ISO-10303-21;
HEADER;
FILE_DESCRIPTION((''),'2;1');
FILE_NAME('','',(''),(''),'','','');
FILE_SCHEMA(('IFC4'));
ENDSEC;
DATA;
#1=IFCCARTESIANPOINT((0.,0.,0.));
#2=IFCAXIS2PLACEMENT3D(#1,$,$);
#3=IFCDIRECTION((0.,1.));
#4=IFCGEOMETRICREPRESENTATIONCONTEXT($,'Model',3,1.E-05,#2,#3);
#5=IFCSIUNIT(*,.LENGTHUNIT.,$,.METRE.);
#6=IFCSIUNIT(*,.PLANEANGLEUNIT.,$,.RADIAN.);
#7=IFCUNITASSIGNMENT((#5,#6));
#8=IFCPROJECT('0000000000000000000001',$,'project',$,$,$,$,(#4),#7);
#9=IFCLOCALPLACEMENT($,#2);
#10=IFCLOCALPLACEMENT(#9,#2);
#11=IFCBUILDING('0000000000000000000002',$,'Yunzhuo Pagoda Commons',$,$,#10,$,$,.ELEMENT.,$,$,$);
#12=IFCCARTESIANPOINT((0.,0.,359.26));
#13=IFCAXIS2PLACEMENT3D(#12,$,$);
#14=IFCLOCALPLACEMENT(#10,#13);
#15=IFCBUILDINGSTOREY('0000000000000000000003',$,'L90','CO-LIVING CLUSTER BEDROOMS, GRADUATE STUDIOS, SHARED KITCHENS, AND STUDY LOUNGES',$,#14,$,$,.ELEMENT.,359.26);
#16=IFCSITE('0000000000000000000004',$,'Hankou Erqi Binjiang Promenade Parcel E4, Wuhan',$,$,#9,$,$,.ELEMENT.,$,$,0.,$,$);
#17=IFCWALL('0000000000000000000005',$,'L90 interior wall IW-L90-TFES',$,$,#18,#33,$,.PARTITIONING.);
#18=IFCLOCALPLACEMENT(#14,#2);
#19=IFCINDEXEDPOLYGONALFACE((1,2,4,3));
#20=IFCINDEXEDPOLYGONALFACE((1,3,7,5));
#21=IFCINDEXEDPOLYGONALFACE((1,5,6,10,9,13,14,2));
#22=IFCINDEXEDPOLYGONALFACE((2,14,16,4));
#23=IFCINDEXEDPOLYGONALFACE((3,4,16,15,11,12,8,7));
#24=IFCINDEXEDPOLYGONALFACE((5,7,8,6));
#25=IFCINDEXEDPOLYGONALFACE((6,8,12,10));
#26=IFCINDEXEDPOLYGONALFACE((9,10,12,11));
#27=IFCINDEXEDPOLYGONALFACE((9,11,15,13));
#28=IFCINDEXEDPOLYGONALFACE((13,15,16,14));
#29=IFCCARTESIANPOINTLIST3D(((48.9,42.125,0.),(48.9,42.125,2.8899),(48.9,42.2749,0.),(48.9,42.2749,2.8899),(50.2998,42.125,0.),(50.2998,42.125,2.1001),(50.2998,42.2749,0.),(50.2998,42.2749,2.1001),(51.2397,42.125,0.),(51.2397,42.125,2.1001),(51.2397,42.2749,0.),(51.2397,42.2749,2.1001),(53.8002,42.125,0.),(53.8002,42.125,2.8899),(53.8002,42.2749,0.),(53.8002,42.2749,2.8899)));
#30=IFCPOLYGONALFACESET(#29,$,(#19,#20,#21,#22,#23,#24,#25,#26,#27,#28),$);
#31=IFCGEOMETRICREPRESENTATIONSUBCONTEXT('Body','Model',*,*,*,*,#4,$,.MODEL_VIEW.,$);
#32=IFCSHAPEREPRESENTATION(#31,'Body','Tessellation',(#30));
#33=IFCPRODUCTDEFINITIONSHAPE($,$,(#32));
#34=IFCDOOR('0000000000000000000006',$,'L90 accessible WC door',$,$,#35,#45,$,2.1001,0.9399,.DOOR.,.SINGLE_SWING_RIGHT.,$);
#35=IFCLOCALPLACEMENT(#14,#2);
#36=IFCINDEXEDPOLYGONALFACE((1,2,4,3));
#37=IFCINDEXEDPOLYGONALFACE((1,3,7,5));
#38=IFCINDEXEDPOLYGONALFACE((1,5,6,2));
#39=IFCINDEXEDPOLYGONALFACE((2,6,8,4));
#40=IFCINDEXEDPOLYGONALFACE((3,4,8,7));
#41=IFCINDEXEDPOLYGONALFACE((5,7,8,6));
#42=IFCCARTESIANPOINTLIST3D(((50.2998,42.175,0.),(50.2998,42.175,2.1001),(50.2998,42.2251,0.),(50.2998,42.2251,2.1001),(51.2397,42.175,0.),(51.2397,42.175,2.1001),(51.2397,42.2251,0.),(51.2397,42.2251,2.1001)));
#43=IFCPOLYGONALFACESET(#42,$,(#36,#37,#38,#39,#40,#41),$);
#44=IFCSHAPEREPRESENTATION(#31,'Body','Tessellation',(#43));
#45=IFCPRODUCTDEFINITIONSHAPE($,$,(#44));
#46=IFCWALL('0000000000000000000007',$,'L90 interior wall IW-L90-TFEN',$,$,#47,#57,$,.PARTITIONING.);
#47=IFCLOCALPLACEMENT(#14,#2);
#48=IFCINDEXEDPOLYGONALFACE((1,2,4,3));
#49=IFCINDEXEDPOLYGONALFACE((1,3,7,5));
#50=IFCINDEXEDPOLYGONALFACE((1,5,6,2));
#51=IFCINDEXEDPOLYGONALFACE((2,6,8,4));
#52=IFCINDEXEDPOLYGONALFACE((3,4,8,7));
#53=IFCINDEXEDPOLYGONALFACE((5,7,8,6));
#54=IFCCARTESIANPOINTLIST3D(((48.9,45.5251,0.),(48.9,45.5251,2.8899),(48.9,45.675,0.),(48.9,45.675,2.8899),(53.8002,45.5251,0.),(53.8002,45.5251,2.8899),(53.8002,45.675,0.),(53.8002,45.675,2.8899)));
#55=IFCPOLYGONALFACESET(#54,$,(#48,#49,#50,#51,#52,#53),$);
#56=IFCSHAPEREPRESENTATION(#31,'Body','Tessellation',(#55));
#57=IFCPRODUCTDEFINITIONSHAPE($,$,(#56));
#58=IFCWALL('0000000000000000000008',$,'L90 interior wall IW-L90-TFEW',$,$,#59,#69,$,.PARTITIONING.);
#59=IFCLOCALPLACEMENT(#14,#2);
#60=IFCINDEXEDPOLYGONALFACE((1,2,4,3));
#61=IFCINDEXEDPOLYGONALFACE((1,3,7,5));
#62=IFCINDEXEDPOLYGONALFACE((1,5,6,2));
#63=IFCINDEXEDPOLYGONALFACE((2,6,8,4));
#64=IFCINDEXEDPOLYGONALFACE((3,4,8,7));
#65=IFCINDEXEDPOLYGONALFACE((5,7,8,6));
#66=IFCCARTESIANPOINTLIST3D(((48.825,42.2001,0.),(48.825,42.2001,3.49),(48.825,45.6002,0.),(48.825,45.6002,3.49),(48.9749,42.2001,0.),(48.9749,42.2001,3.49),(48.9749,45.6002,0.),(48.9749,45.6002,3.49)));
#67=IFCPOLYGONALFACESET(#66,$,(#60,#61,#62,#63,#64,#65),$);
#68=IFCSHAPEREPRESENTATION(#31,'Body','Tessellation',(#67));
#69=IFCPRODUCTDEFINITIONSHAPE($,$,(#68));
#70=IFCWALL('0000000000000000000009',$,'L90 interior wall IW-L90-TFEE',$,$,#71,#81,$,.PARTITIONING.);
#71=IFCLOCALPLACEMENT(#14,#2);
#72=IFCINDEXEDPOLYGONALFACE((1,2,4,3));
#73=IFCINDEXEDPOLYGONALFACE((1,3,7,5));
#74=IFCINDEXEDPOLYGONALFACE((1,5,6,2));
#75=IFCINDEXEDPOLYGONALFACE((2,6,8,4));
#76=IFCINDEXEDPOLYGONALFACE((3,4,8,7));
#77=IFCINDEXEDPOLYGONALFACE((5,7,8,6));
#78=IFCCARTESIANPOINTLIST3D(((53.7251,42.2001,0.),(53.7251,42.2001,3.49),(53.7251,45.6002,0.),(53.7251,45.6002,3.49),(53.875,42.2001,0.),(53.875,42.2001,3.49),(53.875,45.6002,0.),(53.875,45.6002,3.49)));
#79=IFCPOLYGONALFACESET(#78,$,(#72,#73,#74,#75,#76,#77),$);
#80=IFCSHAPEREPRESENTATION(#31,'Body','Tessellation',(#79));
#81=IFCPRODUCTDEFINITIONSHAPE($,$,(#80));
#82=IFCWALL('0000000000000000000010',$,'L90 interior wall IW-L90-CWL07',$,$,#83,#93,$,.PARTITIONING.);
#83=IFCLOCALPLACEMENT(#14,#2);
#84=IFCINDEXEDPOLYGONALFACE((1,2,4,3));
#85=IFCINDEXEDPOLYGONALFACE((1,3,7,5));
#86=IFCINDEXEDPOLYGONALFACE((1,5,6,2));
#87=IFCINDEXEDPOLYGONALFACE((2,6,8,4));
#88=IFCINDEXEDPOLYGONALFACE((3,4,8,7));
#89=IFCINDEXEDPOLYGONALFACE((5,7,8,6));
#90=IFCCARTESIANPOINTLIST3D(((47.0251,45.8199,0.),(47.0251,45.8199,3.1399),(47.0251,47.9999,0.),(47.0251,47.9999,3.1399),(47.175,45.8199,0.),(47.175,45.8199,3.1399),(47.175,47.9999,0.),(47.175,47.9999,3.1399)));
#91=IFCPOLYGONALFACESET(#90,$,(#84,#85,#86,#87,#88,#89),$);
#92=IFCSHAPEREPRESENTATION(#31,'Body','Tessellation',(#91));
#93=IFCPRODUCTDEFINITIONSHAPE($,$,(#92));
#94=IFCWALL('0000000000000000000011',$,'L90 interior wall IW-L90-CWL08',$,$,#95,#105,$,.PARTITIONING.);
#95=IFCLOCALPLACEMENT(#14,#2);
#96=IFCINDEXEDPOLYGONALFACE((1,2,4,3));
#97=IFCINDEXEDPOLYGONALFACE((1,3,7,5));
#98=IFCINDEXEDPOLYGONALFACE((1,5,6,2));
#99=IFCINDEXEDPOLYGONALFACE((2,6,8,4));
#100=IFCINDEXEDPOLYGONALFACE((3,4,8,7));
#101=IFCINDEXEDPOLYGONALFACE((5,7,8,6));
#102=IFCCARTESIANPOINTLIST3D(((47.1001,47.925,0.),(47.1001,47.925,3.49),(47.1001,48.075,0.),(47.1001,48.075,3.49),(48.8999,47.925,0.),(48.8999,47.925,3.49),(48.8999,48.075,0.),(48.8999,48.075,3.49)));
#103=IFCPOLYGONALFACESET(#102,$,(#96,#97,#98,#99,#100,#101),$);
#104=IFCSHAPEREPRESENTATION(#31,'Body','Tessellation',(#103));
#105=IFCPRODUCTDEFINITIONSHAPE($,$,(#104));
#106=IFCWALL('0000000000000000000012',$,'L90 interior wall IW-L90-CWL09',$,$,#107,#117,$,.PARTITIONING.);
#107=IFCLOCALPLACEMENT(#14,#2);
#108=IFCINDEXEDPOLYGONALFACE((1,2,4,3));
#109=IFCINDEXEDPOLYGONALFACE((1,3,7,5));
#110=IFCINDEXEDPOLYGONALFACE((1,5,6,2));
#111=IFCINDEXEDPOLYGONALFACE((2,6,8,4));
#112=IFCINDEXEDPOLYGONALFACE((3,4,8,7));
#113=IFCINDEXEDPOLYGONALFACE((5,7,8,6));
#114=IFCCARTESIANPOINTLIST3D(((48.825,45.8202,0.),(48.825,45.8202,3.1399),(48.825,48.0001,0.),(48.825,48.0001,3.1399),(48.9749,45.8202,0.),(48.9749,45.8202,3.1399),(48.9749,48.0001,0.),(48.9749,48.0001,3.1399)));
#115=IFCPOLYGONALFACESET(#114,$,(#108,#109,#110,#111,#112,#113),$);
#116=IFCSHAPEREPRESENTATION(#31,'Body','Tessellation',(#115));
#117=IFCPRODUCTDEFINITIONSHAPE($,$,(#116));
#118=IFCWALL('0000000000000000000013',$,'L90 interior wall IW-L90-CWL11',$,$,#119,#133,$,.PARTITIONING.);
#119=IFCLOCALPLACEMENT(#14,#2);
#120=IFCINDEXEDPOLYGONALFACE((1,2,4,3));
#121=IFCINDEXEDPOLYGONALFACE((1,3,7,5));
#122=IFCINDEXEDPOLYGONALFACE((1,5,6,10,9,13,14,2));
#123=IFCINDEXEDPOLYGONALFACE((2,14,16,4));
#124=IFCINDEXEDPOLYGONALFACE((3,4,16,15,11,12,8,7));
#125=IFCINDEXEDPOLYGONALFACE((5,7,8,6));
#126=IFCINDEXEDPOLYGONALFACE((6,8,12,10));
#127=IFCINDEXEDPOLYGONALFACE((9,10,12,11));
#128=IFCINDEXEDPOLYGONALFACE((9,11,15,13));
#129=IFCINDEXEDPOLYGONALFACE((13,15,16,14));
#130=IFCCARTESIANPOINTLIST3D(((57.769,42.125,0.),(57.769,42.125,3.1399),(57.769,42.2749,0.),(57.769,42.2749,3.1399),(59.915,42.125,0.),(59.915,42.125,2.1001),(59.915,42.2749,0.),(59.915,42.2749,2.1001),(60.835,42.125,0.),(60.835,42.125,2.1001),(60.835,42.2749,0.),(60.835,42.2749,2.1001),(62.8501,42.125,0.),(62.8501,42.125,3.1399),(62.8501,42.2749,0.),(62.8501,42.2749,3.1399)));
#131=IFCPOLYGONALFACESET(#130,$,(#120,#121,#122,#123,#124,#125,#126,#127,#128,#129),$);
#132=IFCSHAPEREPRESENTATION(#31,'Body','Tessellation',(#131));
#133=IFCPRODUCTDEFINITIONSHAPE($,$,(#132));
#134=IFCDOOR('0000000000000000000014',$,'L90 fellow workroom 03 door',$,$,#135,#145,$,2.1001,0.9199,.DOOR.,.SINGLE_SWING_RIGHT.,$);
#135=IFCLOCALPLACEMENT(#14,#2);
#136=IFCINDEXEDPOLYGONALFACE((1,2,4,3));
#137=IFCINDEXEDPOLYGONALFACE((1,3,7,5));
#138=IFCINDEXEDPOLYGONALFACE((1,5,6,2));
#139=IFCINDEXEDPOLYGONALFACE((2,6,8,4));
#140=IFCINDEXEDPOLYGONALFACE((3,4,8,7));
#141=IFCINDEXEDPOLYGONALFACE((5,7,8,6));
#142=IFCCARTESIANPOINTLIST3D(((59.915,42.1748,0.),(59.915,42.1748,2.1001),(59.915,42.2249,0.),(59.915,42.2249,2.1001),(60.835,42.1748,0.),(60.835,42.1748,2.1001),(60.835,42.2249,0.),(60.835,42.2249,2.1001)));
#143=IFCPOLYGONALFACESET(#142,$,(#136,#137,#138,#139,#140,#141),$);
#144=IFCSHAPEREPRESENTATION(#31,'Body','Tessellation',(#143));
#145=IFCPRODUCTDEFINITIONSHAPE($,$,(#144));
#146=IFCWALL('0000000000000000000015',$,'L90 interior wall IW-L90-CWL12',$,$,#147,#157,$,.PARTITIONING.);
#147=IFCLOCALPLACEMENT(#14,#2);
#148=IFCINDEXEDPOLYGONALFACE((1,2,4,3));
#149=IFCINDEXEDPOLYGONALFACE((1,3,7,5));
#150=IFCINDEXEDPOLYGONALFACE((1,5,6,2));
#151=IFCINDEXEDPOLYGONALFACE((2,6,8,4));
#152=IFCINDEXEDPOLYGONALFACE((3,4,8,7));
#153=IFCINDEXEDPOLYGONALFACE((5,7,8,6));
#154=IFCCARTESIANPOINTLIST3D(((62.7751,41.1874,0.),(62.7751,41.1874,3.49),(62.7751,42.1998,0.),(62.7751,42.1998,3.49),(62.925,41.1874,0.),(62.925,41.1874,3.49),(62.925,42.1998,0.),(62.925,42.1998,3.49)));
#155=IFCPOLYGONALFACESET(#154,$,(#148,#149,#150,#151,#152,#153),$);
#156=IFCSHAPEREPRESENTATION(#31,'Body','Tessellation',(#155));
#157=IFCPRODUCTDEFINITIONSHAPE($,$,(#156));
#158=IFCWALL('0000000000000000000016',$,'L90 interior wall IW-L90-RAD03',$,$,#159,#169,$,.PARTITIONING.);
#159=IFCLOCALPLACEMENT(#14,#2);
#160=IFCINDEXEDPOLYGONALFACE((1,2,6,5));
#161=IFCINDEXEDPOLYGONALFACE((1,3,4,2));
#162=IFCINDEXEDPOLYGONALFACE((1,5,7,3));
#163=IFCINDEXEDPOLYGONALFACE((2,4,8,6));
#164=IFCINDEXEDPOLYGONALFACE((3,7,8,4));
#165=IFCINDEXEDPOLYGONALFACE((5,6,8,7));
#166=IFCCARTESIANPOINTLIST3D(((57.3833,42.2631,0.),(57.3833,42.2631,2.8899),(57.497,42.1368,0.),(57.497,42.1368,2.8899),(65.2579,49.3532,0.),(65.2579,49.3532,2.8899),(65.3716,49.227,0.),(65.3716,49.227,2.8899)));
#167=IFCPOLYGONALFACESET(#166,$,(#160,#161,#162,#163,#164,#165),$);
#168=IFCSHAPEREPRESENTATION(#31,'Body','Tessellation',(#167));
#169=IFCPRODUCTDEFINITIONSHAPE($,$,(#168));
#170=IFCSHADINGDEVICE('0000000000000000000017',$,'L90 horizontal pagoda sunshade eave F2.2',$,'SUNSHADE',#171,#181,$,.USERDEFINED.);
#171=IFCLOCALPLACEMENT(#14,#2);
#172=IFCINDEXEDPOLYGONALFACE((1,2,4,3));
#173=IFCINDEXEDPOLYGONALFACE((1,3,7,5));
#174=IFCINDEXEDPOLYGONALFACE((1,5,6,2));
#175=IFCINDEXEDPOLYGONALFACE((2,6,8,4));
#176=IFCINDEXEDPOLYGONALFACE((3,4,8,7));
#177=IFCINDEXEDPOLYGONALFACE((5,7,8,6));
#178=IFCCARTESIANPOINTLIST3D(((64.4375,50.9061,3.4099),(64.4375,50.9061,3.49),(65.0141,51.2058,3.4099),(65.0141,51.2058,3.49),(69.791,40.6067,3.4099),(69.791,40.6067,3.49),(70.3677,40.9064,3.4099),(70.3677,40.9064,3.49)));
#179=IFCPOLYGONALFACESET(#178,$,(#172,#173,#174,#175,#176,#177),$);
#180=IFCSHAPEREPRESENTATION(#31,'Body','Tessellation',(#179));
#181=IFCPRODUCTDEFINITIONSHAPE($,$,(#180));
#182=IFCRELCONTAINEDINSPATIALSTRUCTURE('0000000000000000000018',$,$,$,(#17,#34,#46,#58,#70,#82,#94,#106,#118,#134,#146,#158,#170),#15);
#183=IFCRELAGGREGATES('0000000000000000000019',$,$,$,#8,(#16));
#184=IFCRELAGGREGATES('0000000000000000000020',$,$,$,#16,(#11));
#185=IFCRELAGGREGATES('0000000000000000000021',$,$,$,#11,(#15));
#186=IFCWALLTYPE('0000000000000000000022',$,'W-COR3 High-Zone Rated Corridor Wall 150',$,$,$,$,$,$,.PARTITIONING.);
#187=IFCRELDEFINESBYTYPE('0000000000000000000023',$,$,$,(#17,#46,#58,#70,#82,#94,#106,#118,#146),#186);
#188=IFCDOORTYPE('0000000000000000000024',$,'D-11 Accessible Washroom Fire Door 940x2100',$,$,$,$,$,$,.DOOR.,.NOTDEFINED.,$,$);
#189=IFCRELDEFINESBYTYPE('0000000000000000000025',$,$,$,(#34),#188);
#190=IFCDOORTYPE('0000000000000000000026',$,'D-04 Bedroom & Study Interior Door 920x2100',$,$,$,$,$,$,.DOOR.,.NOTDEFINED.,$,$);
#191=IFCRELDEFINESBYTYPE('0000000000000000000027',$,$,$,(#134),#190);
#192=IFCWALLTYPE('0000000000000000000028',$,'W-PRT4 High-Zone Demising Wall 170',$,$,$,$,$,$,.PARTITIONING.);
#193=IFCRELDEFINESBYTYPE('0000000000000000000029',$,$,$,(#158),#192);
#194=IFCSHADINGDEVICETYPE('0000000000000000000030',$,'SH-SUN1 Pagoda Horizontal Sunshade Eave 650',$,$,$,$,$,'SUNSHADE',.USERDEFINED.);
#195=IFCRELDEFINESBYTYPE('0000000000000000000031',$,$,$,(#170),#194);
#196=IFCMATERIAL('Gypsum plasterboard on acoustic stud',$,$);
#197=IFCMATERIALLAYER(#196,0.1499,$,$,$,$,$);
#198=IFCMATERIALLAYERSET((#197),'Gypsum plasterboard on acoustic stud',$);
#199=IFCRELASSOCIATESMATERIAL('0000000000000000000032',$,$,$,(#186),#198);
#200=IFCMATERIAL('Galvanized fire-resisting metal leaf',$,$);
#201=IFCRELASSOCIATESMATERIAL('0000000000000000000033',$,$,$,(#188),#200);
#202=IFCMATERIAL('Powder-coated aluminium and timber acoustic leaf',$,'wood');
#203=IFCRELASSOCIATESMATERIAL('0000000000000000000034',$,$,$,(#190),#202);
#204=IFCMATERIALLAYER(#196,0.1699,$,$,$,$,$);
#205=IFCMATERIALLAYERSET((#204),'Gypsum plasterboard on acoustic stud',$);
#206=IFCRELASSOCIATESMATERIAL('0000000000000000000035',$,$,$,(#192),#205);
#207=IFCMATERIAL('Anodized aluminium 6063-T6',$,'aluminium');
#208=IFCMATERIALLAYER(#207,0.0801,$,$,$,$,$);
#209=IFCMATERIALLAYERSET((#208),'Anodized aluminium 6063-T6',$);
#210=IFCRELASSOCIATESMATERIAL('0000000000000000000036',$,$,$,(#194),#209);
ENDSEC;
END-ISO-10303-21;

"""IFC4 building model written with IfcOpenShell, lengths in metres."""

from ifc_helpers import new_model, si_unit, direction, frame, frame_2d, origin, origin_with_axes, origin_2d, place, context, subcontext, project, spatial, rectangle, extrude, source, transform, mapped, material, layer, layer_set, type_object, element, fill, save


model = new_model("IFC4")

# Units and contexts
model_context = context("Model", 3, precision=1e-05, world=origin(), true_north=direction((0.0, 1.0)))
body_context = subcontext(model_context, "Body", "Model", "MODEL_VIEW")
ifc_project = project(units=[si_unit("LENGTHUNIT", "METRE"), si_unit("PLANEANGLEUNIT", "RADIAN")], contexts=[model_context])

# Site, building, storey
site_placement = place(None, origin())
site = spatial("IfcSite", under=ifc_project, at=site_placement, Name="Hankou Erqi Binjiang Promenade Parcel E4, Wuhan", CompositionType="ELEMENT", RefElevation=0.0)
building_placement = place(site_placement, origin())
building = spatial("IfcBuilding", under=site, at=building_placement, Name="Yunzhuo Pagoda Commons", CompositionType="ELEMENT")
storey_placement = place(building_placement, frame((0.0, 0.0, 359.26)))
storey = spatial("IfcBuildingStorey", under=building, at=storey_placement, Name="L90", Description="CO-LIVING CLUSTER BEDROOMS, GRADUATE STUDIOS, SHARED KITCHENS, AND STUDY LOUNGES", CompositionType="ELEMENT", Elevation=359.26)

# Shared definitions
ifc_material_1 = material(Name="Anodized aluminium 6063-T6", Category="aluminium")

# Wall, opening, door
ifc_material_2 = material(Name="Gypsum plasterboard on acoustic stud")
ifc_layer_1 = layer(ifc_material_2, 0.1499)
ifc_layer_set_1 = layer_set([ifc_layer_1], Name="Gypsum plasterboard on acoustic stud")
wall_type_1 = type_object("IfcWallType", Name="W-COR3 High-Zone Rated Corridor Wall 150", PredefinedType="PARTITIONING", material=ifc_layer_set_1)
wall_1_placement = place(storey_placement, frame((48.8999, 42.2, 0.0), z_axis=(0.0, 0.0, 1.0), x_axis=(1.0, 0.0, 0.0)))
wall_1 = element("IfcWall", 1, at=wall_1_placement, inside=storey, type_object=wall_type_1, Name="L90 interior wall IW-L90-TFES", PredefinedType="PARTITIONING", context=body_context, shape_type="SweptSolid", body=[
    extrude(rectangle(XDim=4.9001, YDim=0.1499, at=frame_2d((2.4502, 0.0))), origin(), (0.0, 0.0, 1.0), 2.8899),
])
opening_1_placement = place(wall_1_placement, frame((1.3999, 0.0, 0.0)))
opening_1 = element("IfcOpeningElement", 2, at=opening_1_placement, cuts=wall_1, PredefinedType="OPENING", context=body_context, shape_type="SweptSolid", body=[
    extrude(rectangle(XDim=0.9399, YDim=2.1001, at=frame_2d((0.47, 1.05))), frame((0.0, 0.085, 0.0), z_axis=(0.0, -1.0, 0.0), x_axis=(1.0, 0.0, 0.0)), (0.0, 0.0, 1.0), 0.1699),
])
ifc_material_3 = material(Name="Galvanized fire-resisting metal leaf")
door_type_1 = type_object("IfcDoorType", Name="D-11 Accessible Washroom Fire Door 940x2100", OperationType="NOTDEFINED", PredefinedType="DOOR", material=ifc_material_3)
shared_shape_1 = source(origin(), body_context, "Body", "SweptSolid", [
    extrude(rectangle(XDim=0.9399, YDim=2.1001, at=frame_2d((0.47, 1.05))), frame((0.0, 0.0249, 0.0), z_axis=(0.0, -1.0, 0.0), x_axis=(1.0, 0.0, 0.0)), (0.0, 0.0, 1.0), 0.05),
])
door_1_placement = place(opening_1_placement, frame((0.9399, 0.0, 0.0), z_axis=(0.0, 0.0, 1.0), x_axis=(-1.0, 0.0, 0.0)))
door_1 = element("IfcDoor", 3, at=door_1_placement, inside=storey, type_object=door_type_1, Name="L90 accessible WC door", OperationType="SINGLE_SWING_RIGHT", OverallHeight=2.1001, OverallWidth=0.9399, PredefinedType="DOOR", context=body_context, shape_type="MappedRepresentation", body=[
    mapped(shared_shape_1, transform((0.0, 0.0, 0.0), scale=1.0)),
])
fill(opening_1, door_1)

# Walls
wall_2_placement = place(storey_placement, frame((48.8999, 45.6001, 0.0), z_axis=(0.0, 0.0, 1.0), x_axis=(1.0, 0.0, 0.0)))
element("IfcWall", 4, at=wall_2_placement, inside=storey, type_object=wall_type_1, Name="L90 interior wall IW-L90-TFEN", PredefinedType="PARTITIONING", context=body_context, shape_type="SweptSolid", body=[
    extrude(rectangle(XDim=4.9001, YDim=0.1499, at=frame_2d((2.4502, 0.0))), origin(), (0.0, 0.0, 1.0), 2.8899),
])
for number, where, z_axis, x_axis, name in (
    (5, (48.8999, 42.2, 0.0), (0.0, 0.0, 1.0), (0.0, 1.0, 0.0), "L90 interior wall IW-L90-TFEW"),
    (6, (53.8, 42.2, 0.0), (0.0, 0.0, 1.0), (0.0, 1.0, 0.0), "L90 interior wall IW-L90-TFEE"),
):
    element("IfcWall", number, at=place(storey_placement, frame(where, z_axis=z_axis, x_axis=x_axis)), inside=storey, type_object=wall_type_1, Name=name, PredefinedType="PARTITIONING", context=body_context, shape_type="SweptSolid", body=[
        extrude(rectangle(XDim=3.4001, YDim=0.1499, at=frame_2d((1.7002, 0.0))), origin(), (0.0, 0.0, 1.0), 3.49),
    ])
wall_3_placement = place(storey_placement, frame((47.1001, 45.8201, 0.0), z_axis=(0.0, 0.0, 1.0), x_axis=(0.0, 1.0, 0.0)))
element("IfcWall", 7, at=wall_3_placement, inside=storey, type_object=wall_type_1, Name="L90 interior wall IW-L90-CWL07", PredefinedType="PARTITIONING", context=body_context, shape_type="SweptSolid", body=[
    extrude(rectangle(XDim=2.1799, YDim=0.1499, at=frame_2d((1.0898, 0.0))), origin(), (0.0, 0.0, 1.0), 3.1399),
])
wall_4_placement = place(storey_placement, frame((47.1001, 48.0, 0.0), z_axis=(0.0, 0.0, 1.0), x_axis=(1.0, 0.0, 0.0)))
element("IfcWall", 8, at=wall_4_placement, inside=storey, type_object=wall_type_1, Name="L90 interior wall IW-L90-CWL08", PredefinedType="PARTITIONING", context=body_context, shape_type="SweptSolid", body=[
    extrude(rectangle(XDim=1.7998, YDim=0.1499, at=frame_2d((0.8999, 0.0))), origin(), (0.0, 0.0, 1.0), 3.49),
])
wall_5_placement = place(storey_placement, frame((48.8999, 48.0, 0.0), z_axis=(0.0, 0.0, 1.0), x_axis=(0.0, -1.0, 0.0)))
element("IfcWall", 9, at=wall_5_placement, inside=storey, type_object=wall_type_1, Name="L90 interior wall IW-L90-CWL09", PredefinedType="PARTITIONING", context=body_context, shape_type="SweptSolid", body=[
    extrude(rectangle(XDim=2.1799, YDim=0.1499, at=frame_2d((1.0898, 0.0))), origin(), (0.0, 0.0, 1.0), 3.1399),
])

# Wall, opening, door
wall_6_placement = place(storey_placement, frame((57.769, 42.2, 0.0), z_axis=(0.0, 0.0, 1.0), x_axis=(1.0, 0.0, 0.0)))
wall_6 = element("IfcWall", 10, at=wall_6_placement, inside=storey, type_object=wall_type_1, Name="L90 interior wall IW-L90-CWL11", PredefinedType="PARTITIONING", context=body_context, shape_type="SweptSolid", body=[
    extrude(rectangle(XDim=5.0811, YDim=0.1499, at=frame_2d((2.5405, 0.0))), origin(), (0.0, 0.0, 1.0), 3.1399),
])
opening_2_placement = place(wall_6_placement, frame((2.146, 0.0, 0.0)))
opening_2 = element("IfcOpeningElement", 11, at=opening_2_placement, cuts=wall_6, PredefinedType="OPENING", context=body_context, shape_type="SweptSolid", body=[
    extrude(rectangle(XDim=0.9199, YDim=2.1001, at=frame_2d((0.46, 1.05))), frame((0.0, 0.085, 0.0), z_axis=(0.0, -1.0, 0.0), x_axis=(1.0, 0.0, 0.0)), (0.0, 0.0, 1.0), 0.1699),
])
ifc_material_4 = material(Name="Powder-coated aluminium and timber acoustic leaf", Category="wood")
door_type_2 = type_object("IfcDoorType", Name="D-04 Bedroom & Study Interior Door 920x2100", OperationType="NOTDEFINED", PredefinedType="DOOR", material=ifc_material_4)
shared_shape_2 = source(origin(), body_context, "Body", "SweptSolid", [
    extrude(rectangle(XDim=0.9199, YDim=2.1001, at=frame_2d((0.46, 1.05))), frame((0.0, 0.0249, 0.0), z_axis=(0.0, -1.0, 0.0), x_axis=(1.0, 0.0, 0.0)), (0.0, 0.0, 1.0), 0.05),
])
door_2_placement = place(opening_2_placement, origin_with_axes())
door_2 = element("IfcDoor", 12, at=door_2_placement, inside=storey, type_object=door_type_2, Name="L90 fellow workroom 03 door", OperationType="SINGLE_SWING_RIGHT", OverallHeight=2.1001, OverallWidth=0.9199, PredefinedType="DOOR", context=body_context, shape_type="MappedRepresentation", body=[
    mapped(shared_shape_2, transform((0.0, 0.0, 0.0), scale=1.0)),
])
fill(opening_2, door_2)

# Walls
wall_7_placement = place(storey_placement, frame((62.8501, 42.2, 0.0), z_axis=(0.0, 0.0, 1.0), x_axis=(0.0, -1.0, 0.0)))
element("IfcWall", 13, at=wall_7_placement, inside=storey, type_object=wall_type_1, Name="L90 interior wall IW-L90-CWL12", PredefinedType="PARTITIONING", context=body_context, shape_type="SweptSolid", body=[
    extrude(rectangle(XDim=1.0125, YDim=0.1499, at=frame_2d((0.5063, 0.0))), origin(), (0.0, 0.0, 1.0), 3.49),
])
ifc_layer_2 = layer(ifc_material_2, 0.1699)
ifc_layer_set_2 = layer_set([ifc_layer_2], Name="Gypsum plasterboard on acoustic stud")
wall_type_2 = type_object("IfcWallType", Name="W-PRT4 High-Zone Demising Wall 170", PredefinedType="PARTITIONING", material=ifc_layer_set_2)
wall_8_placement = place(storey_placement, frame((57.4402, 42.2, 0.0), z_axis=(0.0, 0.0, 1.0), x_axis=(0.743152, 0.669123, 0.0)))
element("IfcWall", 14, at=wall_8_placement, inside=storey, type_object=wall_type_2, Name="L90 interior wall IW-L90-RAD03", PredefinedType="PARTITIONING", context=body_context, shape_type="SweptSolid", body=[
    extrude(rectangle(XDim=10.5962, YDim=0.1699, at=frame_2d((5.2981, 0.0))), origin(), (0.0, 0.0, 1.0), 2.8899),
])

# Shading device
ifc_layer_3 = layer(ifc_material_1, 0.0801)
ifc_layer_set_3 = layer_set([ifc_layer_3], Name="Anodized aluminium 6063-T6")
shading_device_type = type_object("IfcShadingDeviceType", Name="SH-SUN1 Pagoda Horizontal Sunshade Eave 650", ElementType="SUNSHADE", PredefinedType="USERDEFINED", material=ifc_layer_set_3)
shared_shape_3 = source(origin(), body_context, "Body", "SweptSolid", [
    extrude(rectangle(XDim=11.6077, YDim=0.6499, at=origin_2d()), origin(), (0.0, 0.0, 1.0), 0.0801),
])
shading_device_placement = place(storey_placement, frame((67.4026, 45.9062, 3.4099), z_axis=(0.0, 0.0, 1.0), x_axis=(-0.461207, 0.887293, 0.0)))
element("IfcShadingDevice", 15, at=shading_device_placement, inside=storey, type_object=shading_device_type, Name="L90 horizontal pagoda sunshade eave F2.2", ObjectType="SUNSHADE", PredefinedType="USERDEFINED", context=body_context, shape_type="MappedRepresentation", body=[
    mapped(shared_shape_3, transform((0.0, 0.0, 0.0), scale=1.0)),
])

save(model, "model.ifc")
